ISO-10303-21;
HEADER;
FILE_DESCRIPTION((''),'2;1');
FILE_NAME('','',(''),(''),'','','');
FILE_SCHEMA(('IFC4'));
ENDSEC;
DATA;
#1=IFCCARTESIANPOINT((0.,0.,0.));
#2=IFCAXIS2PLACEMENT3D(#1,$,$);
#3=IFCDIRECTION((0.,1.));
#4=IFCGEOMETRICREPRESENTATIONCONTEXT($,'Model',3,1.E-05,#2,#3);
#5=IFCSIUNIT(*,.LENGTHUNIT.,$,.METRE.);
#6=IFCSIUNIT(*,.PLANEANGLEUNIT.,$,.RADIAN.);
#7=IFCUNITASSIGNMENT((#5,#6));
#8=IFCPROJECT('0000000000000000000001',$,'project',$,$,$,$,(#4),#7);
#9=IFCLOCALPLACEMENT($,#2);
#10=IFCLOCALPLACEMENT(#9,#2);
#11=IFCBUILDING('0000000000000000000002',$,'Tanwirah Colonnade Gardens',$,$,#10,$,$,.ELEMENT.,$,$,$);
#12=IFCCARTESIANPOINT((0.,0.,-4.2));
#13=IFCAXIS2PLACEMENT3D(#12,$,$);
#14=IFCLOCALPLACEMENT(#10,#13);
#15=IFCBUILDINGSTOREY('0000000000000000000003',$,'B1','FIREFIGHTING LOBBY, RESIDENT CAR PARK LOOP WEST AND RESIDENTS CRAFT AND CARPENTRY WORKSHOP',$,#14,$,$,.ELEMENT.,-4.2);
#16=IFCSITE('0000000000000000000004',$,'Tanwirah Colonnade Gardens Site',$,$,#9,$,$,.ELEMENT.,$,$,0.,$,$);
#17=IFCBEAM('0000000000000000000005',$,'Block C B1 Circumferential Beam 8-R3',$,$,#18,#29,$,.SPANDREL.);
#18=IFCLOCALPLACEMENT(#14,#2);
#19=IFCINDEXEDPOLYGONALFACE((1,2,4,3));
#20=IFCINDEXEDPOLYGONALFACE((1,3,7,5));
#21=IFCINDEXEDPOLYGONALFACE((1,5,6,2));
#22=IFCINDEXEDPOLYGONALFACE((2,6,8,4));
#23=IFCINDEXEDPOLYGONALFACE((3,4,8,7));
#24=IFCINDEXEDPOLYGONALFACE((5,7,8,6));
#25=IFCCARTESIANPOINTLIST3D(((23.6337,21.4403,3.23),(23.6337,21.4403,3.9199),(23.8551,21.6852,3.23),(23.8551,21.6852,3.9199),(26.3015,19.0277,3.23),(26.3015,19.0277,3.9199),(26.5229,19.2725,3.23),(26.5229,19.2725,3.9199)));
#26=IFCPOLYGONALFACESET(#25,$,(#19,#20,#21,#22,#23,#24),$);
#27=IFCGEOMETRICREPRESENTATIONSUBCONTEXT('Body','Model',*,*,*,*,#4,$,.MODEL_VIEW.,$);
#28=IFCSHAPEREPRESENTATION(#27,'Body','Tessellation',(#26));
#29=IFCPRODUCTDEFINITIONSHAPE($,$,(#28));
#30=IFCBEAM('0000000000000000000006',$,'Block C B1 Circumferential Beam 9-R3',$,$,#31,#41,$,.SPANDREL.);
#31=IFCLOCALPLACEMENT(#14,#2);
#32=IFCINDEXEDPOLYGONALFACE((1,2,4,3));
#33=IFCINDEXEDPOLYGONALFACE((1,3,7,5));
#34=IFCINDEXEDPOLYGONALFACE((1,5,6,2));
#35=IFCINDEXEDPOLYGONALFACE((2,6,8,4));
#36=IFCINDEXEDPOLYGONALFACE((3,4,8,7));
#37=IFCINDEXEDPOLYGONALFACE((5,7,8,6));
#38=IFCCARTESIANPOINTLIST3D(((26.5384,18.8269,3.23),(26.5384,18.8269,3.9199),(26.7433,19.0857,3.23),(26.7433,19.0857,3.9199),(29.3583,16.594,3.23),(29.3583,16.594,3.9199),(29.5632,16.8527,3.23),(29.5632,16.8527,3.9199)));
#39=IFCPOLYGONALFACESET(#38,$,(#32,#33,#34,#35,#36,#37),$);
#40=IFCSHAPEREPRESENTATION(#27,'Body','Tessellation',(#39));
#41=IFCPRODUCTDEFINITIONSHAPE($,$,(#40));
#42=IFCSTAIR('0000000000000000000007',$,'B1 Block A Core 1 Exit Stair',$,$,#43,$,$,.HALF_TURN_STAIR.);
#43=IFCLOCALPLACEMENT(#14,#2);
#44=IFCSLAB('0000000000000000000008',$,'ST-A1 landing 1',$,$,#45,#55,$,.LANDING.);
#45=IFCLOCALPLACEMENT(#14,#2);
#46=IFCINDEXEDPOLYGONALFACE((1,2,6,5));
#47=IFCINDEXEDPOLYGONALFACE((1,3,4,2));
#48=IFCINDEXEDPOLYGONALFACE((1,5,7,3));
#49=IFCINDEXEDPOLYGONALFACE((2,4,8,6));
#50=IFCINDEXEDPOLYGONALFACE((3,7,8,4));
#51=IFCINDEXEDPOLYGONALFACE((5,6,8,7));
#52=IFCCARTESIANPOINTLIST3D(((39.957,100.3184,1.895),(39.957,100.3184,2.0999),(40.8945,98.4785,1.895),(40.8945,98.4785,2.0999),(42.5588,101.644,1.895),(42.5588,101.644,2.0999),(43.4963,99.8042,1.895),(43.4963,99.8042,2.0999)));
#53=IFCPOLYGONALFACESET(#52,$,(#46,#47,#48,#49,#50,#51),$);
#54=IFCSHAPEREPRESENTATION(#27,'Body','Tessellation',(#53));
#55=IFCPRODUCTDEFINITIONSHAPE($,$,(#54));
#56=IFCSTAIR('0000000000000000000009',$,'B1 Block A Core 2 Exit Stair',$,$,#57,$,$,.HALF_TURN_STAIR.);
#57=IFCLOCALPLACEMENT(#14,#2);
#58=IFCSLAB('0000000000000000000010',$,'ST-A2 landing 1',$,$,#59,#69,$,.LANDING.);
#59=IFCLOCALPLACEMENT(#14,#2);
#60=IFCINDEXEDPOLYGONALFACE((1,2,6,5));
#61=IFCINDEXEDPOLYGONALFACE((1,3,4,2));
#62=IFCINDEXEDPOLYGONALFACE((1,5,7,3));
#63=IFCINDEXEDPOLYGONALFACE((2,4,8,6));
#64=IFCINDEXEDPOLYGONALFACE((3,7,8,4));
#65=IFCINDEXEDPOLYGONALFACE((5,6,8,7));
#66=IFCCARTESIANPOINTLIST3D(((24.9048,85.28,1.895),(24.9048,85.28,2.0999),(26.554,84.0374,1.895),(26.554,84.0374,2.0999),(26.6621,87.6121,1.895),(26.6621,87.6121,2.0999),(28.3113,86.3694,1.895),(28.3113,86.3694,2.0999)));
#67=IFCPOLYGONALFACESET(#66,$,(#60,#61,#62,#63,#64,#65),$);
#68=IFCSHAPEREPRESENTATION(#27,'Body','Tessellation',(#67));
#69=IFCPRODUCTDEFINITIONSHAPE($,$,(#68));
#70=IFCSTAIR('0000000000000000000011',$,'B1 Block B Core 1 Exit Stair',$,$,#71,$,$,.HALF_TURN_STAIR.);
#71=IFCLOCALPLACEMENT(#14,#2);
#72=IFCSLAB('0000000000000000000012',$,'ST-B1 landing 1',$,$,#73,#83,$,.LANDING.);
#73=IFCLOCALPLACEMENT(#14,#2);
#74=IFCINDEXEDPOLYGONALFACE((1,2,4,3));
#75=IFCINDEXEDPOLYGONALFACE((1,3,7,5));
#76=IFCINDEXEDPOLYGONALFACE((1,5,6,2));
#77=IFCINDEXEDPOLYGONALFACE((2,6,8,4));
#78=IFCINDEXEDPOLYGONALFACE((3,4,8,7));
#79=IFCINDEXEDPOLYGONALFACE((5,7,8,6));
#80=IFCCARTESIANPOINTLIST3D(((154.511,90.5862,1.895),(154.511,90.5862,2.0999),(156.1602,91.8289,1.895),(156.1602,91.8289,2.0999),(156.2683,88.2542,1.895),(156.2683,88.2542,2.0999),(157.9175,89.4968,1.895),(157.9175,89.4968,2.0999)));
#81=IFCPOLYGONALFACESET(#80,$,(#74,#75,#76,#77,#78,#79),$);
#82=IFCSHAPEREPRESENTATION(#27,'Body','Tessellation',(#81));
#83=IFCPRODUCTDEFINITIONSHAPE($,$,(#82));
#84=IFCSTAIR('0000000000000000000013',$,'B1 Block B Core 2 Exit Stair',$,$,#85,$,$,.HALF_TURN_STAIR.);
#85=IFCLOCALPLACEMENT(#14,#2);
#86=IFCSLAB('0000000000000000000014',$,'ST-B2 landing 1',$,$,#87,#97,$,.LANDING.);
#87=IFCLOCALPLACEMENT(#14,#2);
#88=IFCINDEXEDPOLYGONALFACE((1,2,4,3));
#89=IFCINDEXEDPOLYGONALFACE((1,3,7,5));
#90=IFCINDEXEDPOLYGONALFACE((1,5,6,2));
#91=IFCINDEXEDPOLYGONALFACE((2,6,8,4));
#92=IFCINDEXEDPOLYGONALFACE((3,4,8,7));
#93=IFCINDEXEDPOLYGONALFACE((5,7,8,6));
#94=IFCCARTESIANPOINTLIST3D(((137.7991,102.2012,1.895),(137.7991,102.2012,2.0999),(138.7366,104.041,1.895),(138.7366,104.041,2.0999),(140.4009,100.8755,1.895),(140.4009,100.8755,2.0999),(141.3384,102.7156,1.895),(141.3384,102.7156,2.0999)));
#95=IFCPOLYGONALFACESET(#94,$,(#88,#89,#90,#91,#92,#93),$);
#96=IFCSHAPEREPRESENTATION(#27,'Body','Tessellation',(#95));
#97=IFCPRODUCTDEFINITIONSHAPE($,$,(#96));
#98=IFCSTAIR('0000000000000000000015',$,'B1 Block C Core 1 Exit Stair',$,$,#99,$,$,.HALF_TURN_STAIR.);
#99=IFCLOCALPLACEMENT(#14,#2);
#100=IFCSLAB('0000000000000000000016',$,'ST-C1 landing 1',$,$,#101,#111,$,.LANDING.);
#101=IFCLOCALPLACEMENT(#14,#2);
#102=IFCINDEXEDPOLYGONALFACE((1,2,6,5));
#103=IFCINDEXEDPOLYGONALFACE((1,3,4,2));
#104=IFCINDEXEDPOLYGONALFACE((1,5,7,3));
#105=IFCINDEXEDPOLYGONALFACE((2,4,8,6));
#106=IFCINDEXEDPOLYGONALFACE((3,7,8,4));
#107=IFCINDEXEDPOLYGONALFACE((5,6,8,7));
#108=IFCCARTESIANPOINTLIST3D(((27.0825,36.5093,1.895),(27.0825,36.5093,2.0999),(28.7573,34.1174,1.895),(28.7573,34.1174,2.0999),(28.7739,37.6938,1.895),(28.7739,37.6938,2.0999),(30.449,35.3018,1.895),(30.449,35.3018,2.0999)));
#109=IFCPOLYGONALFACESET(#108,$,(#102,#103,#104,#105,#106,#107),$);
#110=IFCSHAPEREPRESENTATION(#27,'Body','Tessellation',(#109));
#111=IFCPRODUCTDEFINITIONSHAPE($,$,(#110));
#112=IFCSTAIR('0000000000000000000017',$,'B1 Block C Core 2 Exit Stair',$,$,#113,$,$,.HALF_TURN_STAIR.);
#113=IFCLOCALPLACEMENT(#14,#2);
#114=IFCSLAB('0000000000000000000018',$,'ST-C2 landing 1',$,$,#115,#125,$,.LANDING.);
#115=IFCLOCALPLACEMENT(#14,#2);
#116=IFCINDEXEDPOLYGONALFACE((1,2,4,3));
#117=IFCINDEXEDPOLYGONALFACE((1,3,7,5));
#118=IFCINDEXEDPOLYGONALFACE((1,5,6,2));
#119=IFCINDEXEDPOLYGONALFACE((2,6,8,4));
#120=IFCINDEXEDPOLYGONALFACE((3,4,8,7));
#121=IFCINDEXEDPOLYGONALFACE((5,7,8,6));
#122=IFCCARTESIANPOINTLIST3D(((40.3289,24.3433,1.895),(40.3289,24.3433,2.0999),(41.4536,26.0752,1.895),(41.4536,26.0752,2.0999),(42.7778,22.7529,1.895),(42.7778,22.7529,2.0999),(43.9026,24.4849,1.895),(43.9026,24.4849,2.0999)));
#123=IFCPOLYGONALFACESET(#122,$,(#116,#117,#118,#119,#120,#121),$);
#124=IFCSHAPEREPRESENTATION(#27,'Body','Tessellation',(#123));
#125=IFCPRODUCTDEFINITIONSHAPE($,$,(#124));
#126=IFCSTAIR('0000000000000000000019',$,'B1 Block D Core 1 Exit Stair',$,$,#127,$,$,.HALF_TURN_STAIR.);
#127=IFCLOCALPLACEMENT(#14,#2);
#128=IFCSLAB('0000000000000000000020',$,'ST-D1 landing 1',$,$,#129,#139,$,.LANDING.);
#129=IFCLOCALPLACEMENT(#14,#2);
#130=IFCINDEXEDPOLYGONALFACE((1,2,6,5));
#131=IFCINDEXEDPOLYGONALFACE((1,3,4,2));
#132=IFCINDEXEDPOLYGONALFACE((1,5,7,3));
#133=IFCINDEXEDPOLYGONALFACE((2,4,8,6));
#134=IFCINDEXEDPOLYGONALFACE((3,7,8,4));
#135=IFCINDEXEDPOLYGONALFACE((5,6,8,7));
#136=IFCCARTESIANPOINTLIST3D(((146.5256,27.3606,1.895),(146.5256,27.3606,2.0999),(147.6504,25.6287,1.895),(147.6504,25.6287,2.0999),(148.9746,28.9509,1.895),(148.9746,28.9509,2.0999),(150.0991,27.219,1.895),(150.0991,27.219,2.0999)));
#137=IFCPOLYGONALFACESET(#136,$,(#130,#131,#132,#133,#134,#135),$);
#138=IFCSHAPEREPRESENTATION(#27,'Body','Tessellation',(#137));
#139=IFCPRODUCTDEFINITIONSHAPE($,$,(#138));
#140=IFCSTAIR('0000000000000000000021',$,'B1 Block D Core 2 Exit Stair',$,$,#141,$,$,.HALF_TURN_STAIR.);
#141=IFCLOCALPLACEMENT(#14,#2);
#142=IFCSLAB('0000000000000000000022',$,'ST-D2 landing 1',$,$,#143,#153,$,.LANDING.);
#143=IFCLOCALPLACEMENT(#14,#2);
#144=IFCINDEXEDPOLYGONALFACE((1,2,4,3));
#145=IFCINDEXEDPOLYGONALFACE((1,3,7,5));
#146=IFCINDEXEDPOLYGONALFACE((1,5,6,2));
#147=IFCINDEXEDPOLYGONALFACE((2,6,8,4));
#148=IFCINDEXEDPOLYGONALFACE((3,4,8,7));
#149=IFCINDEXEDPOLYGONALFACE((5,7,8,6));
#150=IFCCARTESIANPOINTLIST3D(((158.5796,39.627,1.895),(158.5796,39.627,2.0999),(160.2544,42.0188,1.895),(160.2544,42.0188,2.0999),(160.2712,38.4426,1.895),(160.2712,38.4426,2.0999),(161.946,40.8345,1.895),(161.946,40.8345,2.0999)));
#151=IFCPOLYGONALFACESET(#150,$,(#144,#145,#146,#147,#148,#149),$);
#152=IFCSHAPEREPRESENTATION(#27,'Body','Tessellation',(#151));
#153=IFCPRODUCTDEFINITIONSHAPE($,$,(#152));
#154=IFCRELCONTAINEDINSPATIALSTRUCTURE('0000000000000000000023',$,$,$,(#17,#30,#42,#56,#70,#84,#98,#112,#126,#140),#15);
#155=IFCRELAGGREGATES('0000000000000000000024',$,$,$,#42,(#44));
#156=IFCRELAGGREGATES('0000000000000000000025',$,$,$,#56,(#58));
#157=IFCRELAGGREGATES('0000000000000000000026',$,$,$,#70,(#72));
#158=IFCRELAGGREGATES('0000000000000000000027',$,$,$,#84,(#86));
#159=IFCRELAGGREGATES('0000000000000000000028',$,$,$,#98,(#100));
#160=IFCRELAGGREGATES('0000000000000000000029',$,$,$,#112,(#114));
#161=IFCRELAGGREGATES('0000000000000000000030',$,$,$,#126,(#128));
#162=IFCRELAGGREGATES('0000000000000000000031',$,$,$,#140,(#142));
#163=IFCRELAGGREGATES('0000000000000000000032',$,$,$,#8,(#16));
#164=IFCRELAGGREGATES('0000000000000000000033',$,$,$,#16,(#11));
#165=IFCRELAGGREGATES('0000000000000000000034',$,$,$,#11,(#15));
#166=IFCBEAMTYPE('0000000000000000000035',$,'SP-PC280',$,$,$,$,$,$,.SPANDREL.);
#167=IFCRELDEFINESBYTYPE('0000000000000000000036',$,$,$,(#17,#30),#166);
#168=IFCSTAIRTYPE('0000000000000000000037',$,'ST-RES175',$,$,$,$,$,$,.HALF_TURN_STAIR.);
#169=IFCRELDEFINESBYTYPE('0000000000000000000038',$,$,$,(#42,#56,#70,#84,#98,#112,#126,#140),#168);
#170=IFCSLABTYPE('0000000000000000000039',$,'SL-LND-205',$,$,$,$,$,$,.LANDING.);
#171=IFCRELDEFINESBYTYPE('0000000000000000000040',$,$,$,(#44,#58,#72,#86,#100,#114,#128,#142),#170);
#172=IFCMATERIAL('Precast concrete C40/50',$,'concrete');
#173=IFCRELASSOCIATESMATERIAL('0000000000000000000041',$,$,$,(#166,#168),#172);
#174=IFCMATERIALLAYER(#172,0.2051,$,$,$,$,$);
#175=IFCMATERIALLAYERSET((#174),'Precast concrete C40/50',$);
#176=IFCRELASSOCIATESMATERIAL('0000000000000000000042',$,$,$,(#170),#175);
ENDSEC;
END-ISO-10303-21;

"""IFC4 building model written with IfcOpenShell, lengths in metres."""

from ifc_helpers import new_model, si_unit, direction, frame, origin, origin_2d, place, context, subcontext, project, spatial, polyline, rectangle, outline, extrude, material, layer, layer_set, material_profile, profile_set, type_object, element, aggregate, save


model = new_model("IFC4")

# Units and contexts
model_context = context("Model", 3, precision=1e-05, world=origin(), true_north=direction((0.0, 1.0)))
body_context = subcontext(model_context, "Body", "Model", "MODEL_VIEW")
ifc_project = project(units=[si_unit("LENGTHUNIT", "METRE"), si_unit("PLANEANGLEUNIT", "RADIAN")], contexts=[model_context])

# Site, building, storey
site_placement = place(None, origin())
site = spatial("IfcSite", under=ifc_project, at=site_placement, Name="Tanwirah Colonnade Gardens Site", CompositionType="ELEMENT", RefElevation=0.0)
building_placement = place(site_placement, origin())
building = spatial("IfcBuilding", under=site, at=building_placement, Name="Tanwirah Colonnade Gardens", CompositionType="ELEMENT")
storey_placement = place(building_placement, frame((0.0, 0.0, -4.2)))
storey = spatial("IfcBuildingStorey", under=building, at=storey_placement, Name="B1", Description="FIREFIGHTING LOBBY, RESIDENT CAR PARK LOOP WEST AND RESIDENTS CRAFT AND CARPENTRY WORKSHOP", CompositionType="ELEMENT", Elevation=-4.2)

# Beams
ifc_material_1 = material(Name="Precast concrete C40/50", Category="concrete")
ifc_material_profile_1 = material_profile(ifc_material_1, rectangle(XDim=0.3301, YDim=0.6899, at=origin_2d()), Name="PC-SP 330x690")
ifc_profile_set_1 = profile_set([ifc_material_profile_1], Name="Precast concrete C40/50")
beam_type_1 = type_object("IfcBeamType", Name="SP-PC280", PredefinedType="SPANDREL", material=ifc_profile_set_1)
for number, where, z_axis, x_axis, name in (
    (1, (23.7444, 21.5627, 3.575), (0.741682, -0.670752, 0.0), (0.670752, 0.741682, 0.0), "Block C B1 Circumferential Beam 8-R3"),
    (2, (26.6409, 18.9563, 3.575), (0.783971, -0.620797, 0.0), (0.620797, 0.783971, 0.0), "Block C B1 Circumferential Beam 9-R3"),
):
    element("IfcBeam", number, at=place(storey_placement, frame(where, z_axis=z_axis, x_axis=x_axis)), inside=storey, type_object=beam_type_1, Name=name, PredefinedType="SPANDREL", context=body_context, shape_type="SweptSolid", body=[
        extrude(rectangle(XDim=0.3301, YDim=0.6899, at=origin_2d()), origin(), (0.0, 0.0, 1.0), 3.5969),
    ])

# Stairs, slabs
stair_type = type_object("IfcStairType", Name="ST-RES175", PredefinedType="HALF_TURN_STAIR", material=ifc_material_1)
stair_1_placement = place(storey_placement, origin())
stair_1 = element("IfcStair", 3, at=stair_1_placement, inside=storey, type_object=stair_type, Name="B1 Block A Core 1 Exit Stair", PredefinedType="HALF_TURN_STAIR")
ifc_layer_1 = layer(ifc_material_1, 0.2051)
ifc_layer_set_1 = layer_set([ifc_layer_1], Name="Precast concrete C40/50")
slab_type_1 = type_object("IfcSlabType", Name="SL-LND-205", PredefinedType="LANDING", material=ifc_layer_set_1)
slab_1_placement = place(storey_placement, frame((0.0, 0.0, 1.895)))
slab_1 = element("IfcSlab", 4, at=slab_1_placement, type_object=slab_type_1, Name="ST-A1 landing 1", PredefinedType="LANDING", context=body_context, shape_type="SweptSolid", body=[
    extrude(outline(polyline([(39.957, 100.3184), (40.8945, 98.4785), (43.4963, 99.8042), (42.5588, 101.644), (39.957, 100.3184)])), origin(), (0.0, 0.0, 1.0), 0.2048),
])
aggregate(stair_1, [slab_1])
stair_2_placement = place(storey_placement, origin())
stair_2 = element("IfcStair", 5, at=stair_2_placement, inside=storey, type_object=stair_type, Name="B1 Block A Core 2 Exit Stair", PredefinedType="HALF_TURN_STAIR")
slab_2_placement = place(storey_placement, frame((0.0, 0.0, 1.895)))
slab_2 = element("IfcSlab", 6, at=slab_2_placement, type_object=slab_type_1, Name="ST-A2 landing 1", PredefinedType="LANDING", context=body_context, shape_type="SweptSolid", body=[
    extrude(outline(polyline([(24.9048, 85.28), (26.554, 84.0374), (28.3113, 86.3694), (26.6621, 87.6121), (24.9048, 85.28)])), origin(), (0.0, 0.0, 1.0), 0.2048),
])
aggregate(stair_2, [slab_2])
stair_3_placement = place(storey_placement, origin())
stair_3 = element("IfcStair", 7, at=stair_3_placement, inside=storey, type_object=stair_type, Name="B1 Block B Core 1 Exit Stair", PredefinedType="HALF_TURN_STAIR")
slab_3_placement = place(storey_placement, frame((0.0, 0.0, 1.895)))
slab_3 = element("IfcSlab", 8, at=slab_3_placement, type_object=slab_type_1, Name="ST-B1 landing 1", PredefinedType="LANDING", context=body_context, shape_type="SweptSolid", body=[
    extrude(outline(polyline([(156.1602, 91.8289), (154.511, 90.5862), (156.2683, 88.2542), (157.9175, 89.4968), (156.1602, 91.8289)])), origin(), (0.0, 0.0, 1.0), 0.2048),
])
aggregate(stair_3, [slab_3])
stair_4_placement = place(storey_placement, origin())
stair_4 = element("IfcStair", 9, at=stair_4_placement, inside=storey, type_object=stair_type, Name="B1 Block B Core 2 Exit Stair", PredefinedType="HALF_TURN_STAIR")
slab_4_placement = place(storey_placement, frame((0.0, 0.0, 1.895)))
slab_4 = element("IfcSlab", 10, at=slab_4_placement, type_object=slab_type_1, Name="ST-B2 landing 1", PredefinedType="LANDING", context=body_context, shape_type="SweptSolid", body=[
    extrude(outline(polyline([(138.7366, 104.041), (137.7991, 102.2012), (140.4009, 100.8755), (141.3384, 102.7156), (138.7366, 104.041)])), origin(), (0.0, 0.0, 1.0), 0.2048),
])
aggregate(stair_4, [slab_4])
stair_5_placement = place(storey_placement, origin())
stair_5 = element("IfcStair", 11, at=stair_5_placement, inside=storey, type_object=stair_type, Name="B1 Block C Core 1 Exit Stair", PredefinedType="HALF_TURN_STAIR")
slab_5_placement = place(storey_placement, frame((0.0, 0.0, 1.895)))
slab_5 = element("IfcSlab", 12, at=slab_5_placement, type_object=slab_type_1, Name="ST-C1 landing 1", PredefinedType="LANDING", context=body_context, shape_type="SweptSolid", body=[
    extrude(outline(polyline([(28.7573, 34.1174), (30.449, 35.3018), (28.7739, 37.6938), (27.0825, 36.5093), (28.7573, 34.1174)])), origin(), (0.0, 0.0, 1.0), 0.2048),
])
aggregate(stair_5, [slab_5])
stair_6_placement = place(storey_placement, origin())
stair_6 = element("IfcStair", 13, at=stair_6_placement, inside=storey, type_object=stair_type, Name="B1 Block C Core 2 Exit Stair", PredefinedType="HALF_TURN_STAIR")
slab_6_placement = place(storey_placement, frame((0.0, 0.0, 1.895)))
slab_6 = element("IfcSlab", 14, at=slab_6_placement, type_object=slab_type_1, Name="ST-C2 landing 1", PredefinedType="LANDING", context=body_context, shape_type="SweptSolid", body=[
    extrude(outline(polyline([(42.7778, 22.7529), (43.9026, 24.4849), (41.4536, 26.0752), (40.3289, 24.3433), (42.7778, 22.7529)])), origin(), (0.0, 0.0, 1.0), 0.2048),
])
aggregate(stair_6, [slab_6])
stair_7_placement = place(storey_placement, origin())
stair_7 = element("IfcStair", 15, at=stair_7_placement, inside=storey, type_object=stair_type, Name="B1 Block D Core 1 Exit Stair", PredefinedType="HALF_TURN_STAIR")
slab_7_placement = place(storey_placement, frame((0.0, 0.0, 1.895)))
slab_7 = element("IfcSlab", 16, at=slab_7_placement, type_object=slab_type_1, Name="ST-D1 landing 1", PredefinedType="LANDING", context=body_context, shape_type="SweptSolid", body=[
    extrude(outline(polyline([(150.0991, 27.219), (148.9746, 28.9509), (146.5256, 27.3606), (147.6504, 25.6287), (150.0991, 27.219)])), origin(), (0.0, 0.0, 1.0), 0.2048),
])
aggregate(stair_7, [slab_7])
stair_8_placement = place(storey_placement, origin())
stair_8 = element("IfcStair", 17, at=stair_8_placement, inside=storey, type_object=stair_type, Name="B1 Block D Core 2 Exit Stair", PredefinedType="HALF_TURN_STAIR")
slab_8_placement = place(storey_placement, frame((0.0, 0.0, 1.895)))
slab_8 = element("IfcSlab", 18, at=slab_8_placement, type_object=slab_type_1, Name="ST-D2 landing 1", PredefinedType="LANDING", context=body_context, shape_type="SweptSolid", body=[
    extrude(outline(polyline([(161.946, 40.8345), (160.2544, 42.0188), (158.5796, 39.627), (160.2712, 38.4426), (161.946, 40.8345)])), origin(), (0.0, 0.0, 1.0), 0.2048),
])
aggregate(stair_8, [slab_8])

save(model, "model.ifc")
